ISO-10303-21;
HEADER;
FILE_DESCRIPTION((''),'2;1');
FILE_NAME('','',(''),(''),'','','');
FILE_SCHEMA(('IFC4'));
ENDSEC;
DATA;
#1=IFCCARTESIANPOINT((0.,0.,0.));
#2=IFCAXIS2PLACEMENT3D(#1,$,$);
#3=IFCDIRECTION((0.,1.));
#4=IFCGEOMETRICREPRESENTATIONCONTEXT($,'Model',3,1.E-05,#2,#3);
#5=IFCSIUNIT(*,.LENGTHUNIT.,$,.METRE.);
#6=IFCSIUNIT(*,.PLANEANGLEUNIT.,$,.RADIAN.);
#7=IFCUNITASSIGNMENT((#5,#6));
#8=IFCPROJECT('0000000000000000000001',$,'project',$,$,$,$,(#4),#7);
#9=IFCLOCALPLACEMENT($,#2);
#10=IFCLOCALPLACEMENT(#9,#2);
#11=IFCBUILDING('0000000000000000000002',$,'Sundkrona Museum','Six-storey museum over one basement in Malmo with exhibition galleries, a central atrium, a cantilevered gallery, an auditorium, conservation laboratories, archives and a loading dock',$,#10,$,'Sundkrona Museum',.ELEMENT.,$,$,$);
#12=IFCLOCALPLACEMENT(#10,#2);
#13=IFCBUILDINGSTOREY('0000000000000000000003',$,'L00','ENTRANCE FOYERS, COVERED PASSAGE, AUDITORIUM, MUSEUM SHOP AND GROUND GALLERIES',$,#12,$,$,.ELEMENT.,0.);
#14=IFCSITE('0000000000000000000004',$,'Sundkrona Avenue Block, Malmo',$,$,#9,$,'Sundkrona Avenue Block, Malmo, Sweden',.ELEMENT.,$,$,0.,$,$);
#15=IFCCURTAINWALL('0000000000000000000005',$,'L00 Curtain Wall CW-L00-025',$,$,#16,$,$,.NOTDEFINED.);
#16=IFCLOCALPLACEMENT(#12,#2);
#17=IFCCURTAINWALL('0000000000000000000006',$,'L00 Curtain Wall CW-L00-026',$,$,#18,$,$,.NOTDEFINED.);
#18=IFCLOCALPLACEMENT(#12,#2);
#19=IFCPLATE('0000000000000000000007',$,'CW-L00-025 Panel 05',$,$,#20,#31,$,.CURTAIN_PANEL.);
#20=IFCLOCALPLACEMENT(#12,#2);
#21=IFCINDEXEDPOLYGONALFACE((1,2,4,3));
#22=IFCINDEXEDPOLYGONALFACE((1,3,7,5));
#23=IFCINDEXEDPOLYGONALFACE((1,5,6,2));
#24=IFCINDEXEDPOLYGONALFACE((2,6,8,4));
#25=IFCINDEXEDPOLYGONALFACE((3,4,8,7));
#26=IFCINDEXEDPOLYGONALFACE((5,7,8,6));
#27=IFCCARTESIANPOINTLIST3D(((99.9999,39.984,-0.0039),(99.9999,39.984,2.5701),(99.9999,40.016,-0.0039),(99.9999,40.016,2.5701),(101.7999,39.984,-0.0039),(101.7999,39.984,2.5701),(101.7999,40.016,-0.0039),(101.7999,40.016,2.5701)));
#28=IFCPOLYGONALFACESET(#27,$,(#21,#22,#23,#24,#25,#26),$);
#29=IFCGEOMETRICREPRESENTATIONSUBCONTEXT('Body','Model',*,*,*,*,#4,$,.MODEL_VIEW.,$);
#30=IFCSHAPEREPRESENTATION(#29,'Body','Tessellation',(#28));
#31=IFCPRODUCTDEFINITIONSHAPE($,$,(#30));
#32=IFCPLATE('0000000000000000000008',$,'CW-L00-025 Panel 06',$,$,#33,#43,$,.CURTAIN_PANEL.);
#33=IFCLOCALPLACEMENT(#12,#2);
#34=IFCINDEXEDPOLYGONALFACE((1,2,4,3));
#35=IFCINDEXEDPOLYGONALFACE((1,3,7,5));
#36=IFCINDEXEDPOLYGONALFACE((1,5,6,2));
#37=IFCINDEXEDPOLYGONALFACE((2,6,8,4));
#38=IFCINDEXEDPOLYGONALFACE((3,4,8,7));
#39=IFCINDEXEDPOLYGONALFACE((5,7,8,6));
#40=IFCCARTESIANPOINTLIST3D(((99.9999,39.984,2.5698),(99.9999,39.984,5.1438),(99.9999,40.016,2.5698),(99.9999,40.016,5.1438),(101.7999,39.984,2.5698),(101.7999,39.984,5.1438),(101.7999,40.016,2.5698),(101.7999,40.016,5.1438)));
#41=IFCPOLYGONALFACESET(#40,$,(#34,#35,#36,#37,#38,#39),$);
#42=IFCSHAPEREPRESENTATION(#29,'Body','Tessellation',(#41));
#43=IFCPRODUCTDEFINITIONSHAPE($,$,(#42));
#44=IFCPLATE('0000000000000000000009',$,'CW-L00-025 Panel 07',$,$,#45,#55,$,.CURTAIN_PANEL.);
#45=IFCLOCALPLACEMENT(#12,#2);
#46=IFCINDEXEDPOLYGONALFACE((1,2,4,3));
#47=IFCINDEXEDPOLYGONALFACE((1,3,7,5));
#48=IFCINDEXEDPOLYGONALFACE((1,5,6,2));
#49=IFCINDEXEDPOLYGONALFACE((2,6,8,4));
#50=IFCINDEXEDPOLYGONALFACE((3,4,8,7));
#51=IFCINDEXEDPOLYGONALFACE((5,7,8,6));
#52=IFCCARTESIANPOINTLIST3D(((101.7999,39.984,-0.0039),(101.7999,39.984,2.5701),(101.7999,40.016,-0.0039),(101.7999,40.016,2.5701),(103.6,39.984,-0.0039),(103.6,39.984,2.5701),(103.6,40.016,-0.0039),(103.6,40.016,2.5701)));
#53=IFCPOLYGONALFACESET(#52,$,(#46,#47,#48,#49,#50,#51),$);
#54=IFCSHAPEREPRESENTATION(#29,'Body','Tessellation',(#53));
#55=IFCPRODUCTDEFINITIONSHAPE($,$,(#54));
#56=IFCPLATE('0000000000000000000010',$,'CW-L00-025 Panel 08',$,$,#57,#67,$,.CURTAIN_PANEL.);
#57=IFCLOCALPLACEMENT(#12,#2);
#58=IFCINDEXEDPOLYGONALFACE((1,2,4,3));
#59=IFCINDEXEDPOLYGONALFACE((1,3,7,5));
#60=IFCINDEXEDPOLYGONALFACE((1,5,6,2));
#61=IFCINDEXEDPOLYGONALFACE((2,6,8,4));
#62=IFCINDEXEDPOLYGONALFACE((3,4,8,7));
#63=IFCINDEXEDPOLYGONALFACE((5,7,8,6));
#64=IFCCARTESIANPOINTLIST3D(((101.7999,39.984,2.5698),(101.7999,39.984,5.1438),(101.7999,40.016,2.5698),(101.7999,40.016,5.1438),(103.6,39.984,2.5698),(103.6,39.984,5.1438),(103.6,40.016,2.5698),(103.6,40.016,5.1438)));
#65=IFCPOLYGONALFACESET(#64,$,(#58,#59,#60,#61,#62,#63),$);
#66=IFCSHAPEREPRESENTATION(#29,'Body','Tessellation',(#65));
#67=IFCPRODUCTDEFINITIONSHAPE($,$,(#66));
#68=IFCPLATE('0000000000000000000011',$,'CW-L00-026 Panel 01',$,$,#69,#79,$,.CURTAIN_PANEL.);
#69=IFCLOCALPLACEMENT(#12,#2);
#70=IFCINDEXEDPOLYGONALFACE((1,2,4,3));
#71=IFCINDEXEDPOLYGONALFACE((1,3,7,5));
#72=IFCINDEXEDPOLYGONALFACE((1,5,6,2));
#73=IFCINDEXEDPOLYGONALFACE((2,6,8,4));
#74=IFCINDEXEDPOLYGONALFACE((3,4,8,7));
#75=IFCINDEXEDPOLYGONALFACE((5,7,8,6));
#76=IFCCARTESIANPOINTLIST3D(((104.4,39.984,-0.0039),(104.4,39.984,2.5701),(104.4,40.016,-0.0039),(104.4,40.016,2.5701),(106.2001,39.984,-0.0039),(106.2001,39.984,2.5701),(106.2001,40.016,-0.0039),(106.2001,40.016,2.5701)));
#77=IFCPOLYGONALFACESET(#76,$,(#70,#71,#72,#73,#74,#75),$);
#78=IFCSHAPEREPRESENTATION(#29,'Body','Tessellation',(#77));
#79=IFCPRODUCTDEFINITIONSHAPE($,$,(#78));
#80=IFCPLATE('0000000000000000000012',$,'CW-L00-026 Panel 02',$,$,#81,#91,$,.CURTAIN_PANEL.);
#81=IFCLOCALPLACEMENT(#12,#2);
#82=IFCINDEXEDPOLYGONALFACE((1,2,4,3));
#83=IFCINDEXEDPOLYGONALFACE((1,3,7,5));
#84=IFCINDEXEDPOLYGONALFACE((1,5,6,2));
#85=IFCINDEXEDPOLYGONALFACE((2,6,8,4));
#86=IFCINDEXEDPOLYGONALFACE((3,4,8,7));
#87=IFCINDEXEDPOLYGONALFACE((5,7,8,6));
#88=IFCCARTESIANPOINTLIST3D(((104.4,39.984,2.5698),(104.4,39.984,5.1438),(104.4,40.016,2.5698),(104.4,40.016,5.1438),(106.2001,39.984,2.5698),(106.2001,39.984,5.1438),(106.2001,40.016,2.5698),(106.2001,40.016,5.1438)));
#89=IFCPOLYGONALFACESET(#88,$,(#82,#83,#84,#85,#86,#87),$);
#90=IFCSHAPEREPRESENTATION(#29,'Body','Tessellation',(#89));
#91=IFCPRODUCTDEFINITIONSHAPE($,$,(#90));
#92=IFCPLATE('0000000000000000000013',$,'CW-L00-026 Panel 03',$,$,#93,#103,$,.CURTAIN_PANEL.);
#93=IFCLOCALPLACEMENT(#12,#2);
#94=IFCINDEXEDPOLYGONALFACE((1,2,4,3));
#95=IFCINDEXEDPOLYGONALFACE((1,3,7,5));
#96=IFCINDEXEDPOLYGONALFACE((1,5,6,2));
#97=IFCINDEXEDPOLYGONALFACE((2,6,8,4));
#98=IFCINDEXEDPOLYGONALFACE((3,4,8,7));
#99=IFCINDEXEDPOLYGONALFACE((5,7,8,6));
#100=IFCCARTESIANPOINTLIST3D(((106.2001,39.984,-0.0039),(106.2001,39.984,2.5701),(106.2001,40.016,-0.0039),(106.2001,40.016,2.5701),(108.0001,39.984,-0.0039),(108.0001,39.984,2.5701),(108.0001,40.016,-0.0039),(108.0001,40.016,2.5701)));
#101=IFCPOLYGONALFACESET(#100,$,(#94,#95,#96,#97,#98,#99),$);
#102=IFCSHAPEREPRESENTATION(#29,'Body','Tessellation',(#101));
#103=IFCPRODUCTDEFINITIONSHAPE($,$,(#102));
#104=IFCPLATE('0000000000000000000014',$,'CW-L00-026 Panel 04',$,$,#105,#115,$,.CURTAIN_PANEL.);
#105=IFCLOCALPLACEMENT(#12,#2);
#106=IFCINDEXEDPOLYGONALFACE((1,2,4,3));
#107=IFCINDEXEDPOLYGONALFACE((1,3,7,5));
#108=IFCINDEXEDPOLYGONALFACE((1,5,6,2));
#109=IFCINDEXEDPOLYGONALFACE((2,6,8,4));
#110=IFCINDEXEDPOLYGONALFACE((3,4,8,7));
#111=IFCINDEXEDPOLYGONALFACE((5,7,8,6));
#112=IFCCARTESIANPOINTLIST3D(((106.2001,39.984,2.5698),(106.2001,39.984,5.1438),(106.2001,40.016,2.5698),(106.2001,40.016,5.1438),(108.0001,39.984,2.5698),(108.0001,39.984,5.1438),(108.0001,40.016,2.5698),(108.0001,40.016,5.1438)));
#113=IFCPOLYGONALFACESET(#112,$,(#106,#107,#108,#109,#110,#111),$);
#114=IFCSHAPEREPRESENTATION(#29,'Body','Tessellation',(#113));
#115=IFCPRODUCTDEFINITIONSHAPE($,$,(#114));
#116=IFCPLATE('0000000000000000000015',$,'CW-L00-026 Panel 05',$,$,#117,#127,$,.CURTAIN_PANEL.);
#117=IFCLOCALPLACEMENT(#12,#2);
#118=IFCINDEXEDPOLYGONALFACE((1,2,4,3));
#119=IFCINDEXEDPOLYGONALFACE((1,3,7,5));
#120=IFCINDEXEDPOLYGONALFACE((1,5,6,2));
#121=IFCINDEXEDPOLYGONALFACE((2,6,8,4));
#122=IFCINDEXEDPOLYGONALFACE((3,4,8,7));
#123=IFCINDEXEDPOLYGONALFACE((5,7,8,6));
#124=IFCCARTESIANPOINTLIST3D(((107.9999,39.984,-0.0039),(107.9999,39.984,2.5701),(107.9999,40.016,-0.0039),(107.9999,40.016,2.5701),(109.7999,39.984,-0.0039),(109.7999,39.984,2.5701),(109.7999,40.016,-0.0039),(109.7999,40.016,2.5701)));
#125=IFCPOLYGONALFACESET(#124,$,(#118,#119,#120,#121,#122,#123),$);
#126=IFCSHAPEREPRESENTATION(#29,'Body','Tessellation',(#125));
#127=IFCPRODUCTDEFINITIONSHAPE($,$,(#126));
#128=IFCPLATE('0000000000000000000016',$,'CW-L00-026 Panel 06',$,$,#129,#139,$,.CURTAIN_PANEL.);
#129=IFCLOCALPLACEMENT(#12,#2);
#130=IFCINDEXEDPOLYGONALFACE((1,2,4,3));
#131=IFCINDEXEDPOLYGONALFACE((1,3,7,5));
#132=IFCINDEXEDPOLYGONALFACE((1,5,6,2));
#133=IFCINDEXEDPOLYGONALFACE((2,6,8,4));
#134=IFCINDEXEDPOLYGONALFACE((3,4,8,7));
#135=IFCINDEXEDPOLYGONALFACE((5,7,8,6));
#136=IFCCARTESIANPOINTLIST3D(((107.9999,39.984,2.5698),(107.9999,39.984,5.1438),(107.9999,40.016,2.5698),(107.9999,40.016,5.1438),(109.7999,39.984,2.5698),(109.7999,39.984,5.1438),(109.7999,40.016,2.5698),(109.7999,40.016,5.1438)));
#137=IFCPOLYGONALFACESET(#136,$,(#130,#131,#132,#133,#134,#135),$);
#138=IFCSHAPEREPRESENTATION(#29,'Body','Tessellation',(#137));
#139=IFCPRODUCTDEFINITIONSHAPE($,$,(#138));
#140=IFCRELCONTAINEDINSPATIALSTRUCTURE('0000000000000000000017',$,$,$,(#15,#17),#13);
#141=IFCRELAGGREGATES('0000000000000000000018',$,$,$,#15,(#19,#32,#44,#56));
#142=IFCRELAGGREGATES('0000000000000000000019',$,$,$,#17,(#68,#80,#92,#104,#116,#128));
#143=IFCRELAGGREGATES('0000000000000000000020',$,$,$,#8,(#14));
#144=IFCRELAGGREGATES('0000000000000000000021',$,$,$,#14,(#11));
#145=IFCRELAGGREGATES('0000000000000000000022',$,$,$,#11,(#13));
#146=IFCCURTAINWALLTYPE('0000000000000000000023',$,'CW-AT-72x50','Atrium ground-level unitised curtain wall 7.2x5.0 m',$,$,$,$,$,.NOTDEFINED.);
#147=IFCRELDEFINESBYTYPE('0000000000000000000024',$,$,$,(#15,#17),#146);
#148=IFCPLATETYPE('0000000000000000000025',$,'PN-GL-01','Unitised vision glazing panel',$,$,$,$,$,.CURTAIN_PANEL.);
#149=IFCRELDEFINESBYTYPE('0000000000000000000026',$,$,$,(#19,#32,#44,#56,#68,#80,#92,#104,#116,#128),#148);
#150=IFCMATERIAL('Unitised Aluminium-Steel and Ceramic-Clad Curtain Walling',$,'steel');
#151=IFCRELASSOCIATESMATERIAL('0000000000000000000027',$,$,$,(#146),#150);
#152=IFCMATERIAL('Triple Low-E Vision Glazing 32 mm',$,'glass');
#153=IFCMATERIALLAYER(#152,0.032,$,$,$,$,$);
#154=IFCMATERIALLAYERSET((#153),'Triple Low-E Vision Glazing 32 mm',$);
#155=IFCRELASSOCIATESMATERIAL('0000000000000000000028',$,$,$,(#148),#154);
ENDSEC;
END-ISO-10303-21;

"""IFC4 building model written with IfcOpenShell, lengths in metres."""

from ifc_helpers import new_model, si_unit, direction, frame, origin, origin_2d, place, context, subcontext, project, spatial, rectangle, extrude, material, layer, layer_set, type_object, element, aggregate, save


model = new_model("IFC4")

# Units and contexts
model_context = context("Model", 3, precision=1e-05, world=origin(), true_north=direction((0.0, 1.0)))
body_context = subcontext(model_context, "Body", "Model", "MODEL_VIEW")
ifc_project = project(units=[si_unit("LENGTHUNIT", "METRE"), si_unit("PLANEANGLEUNIT", "RADIAN")], contexts=[model_context])

# Site, building, storey
site_placement = place(None, origin())
site = spatial("IfcSite", under=ifc_project, at=site_placement, Name="Sundkrona Avenue Block, Malmo", LongName="Sundkrona Avenue Block, Malmo, Sweden", CompositionType="ELEMENT", RefElevation=0.0)
building_placement = place(site_placement, origin())
building = spatial("IfcBuilding", under=site, at=building_placement, Name="Sundkrona Museum", Description="Six-storey museum over one basement in Malmo with exhibition galleries, a central atrium, a cantilevered gallery, an auditorium, conservation laboratories, archives and a loading dock", LongName="Sundkrona Museum", CompositionType="ELEMENT")
storey_placement = place(building_placement, origin())
storey = spatial("IfcBuildingStorey", under=building, at=storey_placement, Name="L00", Description="ENTRANCE FOYERS, COVERED PASSAGE, AUDITORIUM, MUSEUM SHOP AND GROUND GALLERIES", CompositionType="ELEMENT", Elevation=0.0)

# Curtain walls
ifc_material_1 = material(Name="Unitised Aluminium-Steel and Ceramic-Clad Curtain Walling", Category="steel")
curtain_wall_type = type_object("IfcCurtainWallType", Name="CW-AT-72x50", Description="Atrium ground-level unitised curtain wall 7.2x5.0 m", PredefinedType="NOTDEFINED", material=ifc_material_1)
curtain_wall_1_placement = place(storey_placement, origin())
curtain_wall_1 = element("IfcCurtainWall", 1, at=curtain_wall_1_placement, inside=storey, type_object=curtain_wall_type, Name="L00 Curtain Wall CW-L00-025", PredefinedType="NOTDEFINED")
curtain_wall_2_placement = place(storey_placement, origin())
curtain_wall_2 = element("IfcCurtainWall", 2, at=curtain_wall_2_placement, inside=storey, type_object=curtain_wall_type, Name="L00 Curtain Wall CW-L00-026", PredefinedType="NOTDEFINED")

# Plates
ifc_material_2 = material(Name="Triple Low-E Vision Glazing 32 mm", Category="glass")
ifc_layer_1 = layer(ifc_material_2, 0.032)
ifc_layer_set_1 = layer_set([ifc_layer_1], Name="Triple Low-E Vision Glazing 32 mm")
plate_type_1 = type_object("IfcPlateType", Name="PN-GL-01", Description="Unitised vision glazing panel", PredefinedType="CURTAIN_PANEL", material=ifc_layer_set_1)
plate_1_placement = place(storey_placement, frame((100.8999, 40.0, -0.0039), z_axis=(0.0, 0.0, 1.0), x_axis=(1.0, 0.0, 0.0)))
plate_1 = element("IfcPlate", 3, at=plate_1_placement, type_object=plate_type_1, Name="CW-L00-025 Panel 05", PredefinedType="CURTAIN_PANEL", context=body_context, shape_type="SweptSolid", body=[
    extrude(rectangle(XDim=1.8, YDim=0.032, at=origin_2d()), origin(), (0.0, 0.0, 1.0), 2.574),
])
plate_2_placement = place(storey_placement, frame((100.8999, 40.0, 2.5698), z_axis=(0.0, 0.0, 1.0), x_axis=(1.0, 0.0, 0.0)))
plate_2 = element("IfcPlate", 4, at=plate_2_placement, type_object=plate_type_1, Name="CW-L00-025 Panel 06", PredefinedType="CURTAIN_PANEL", context=body_context, shape_type="SweptSolid", body=[
    extrude(rectangle(XDim=1.8, YDim=0.032, at=origin_2d()), origin(), (0.0, 0.0, 1.0), 2.574),
])
plate_3_placement = place(storey_placement, frame((102.7, 40.0, -0.0039), z_axis=(0.0, 0.0, 1.0), x_axis=(1.0, 0.0, 0.0)))
plate_3 = element("IfcPlate", 5, at=plate_3_placement, type_object=plate_type_1, Name="CW-L00-025 Panel 07", PredefinedType="CURTAIN_PANEL", context=body_context, shape_type="SweptSolid", body=[
    extrude(rectangle(XDim=1.8, YDim=0.032, at=origin_2d()), origin(), (0.0, 0.0, 1.0), 2.574),
])
plate_4_placement = place(storey_placement, frame((102.7, 40.0, 2.5698), z_axis=(0.0, 0.0, 1.0), x_axis=(1.0, 0.0, 0.0)))
plate_4 = element("IfcPlate", 6, at=plate_4_placement, type_object=plate_type_1, Name="CW-L00-025 Panel 08", PredefinedType="CURTAIN_PANEL", context=body_context, shape_type="SweptSolid", body=[
    extrude(rectangle(XDim=1.8, YDim=0.032, at=origin_2d()), origin(), (0.0, 0.0, 1.0), 2.574),
])
aggregate(curtain_wall_1, [plate_1, plate_2, plate_3, plate_4])
plate_5_placement = place(storey_placement, frame((105.3, 40.0, -0.0039), z_axis=(0.0, 0.0, 1.0), x_axis=(1.0, 0.0, 0.0)))
plate_5 = element("IfcPlate", 7, at=plate_5_placement, type_object=plate_type_1, Name="CW-L00-026 Panel 01", PredefinedType="CURTAIN_PANEL", context=body_context, shape_type="SweptSolid", body=[
    extrude(rectangle(XDim=1.8, YDim=0.032, at=origin_2d()), origin(), (0.0, 0.0, 1.0), 2.574),
])
plate_6_placement = place(storey_placement, frame((105.3, 40.0, 2.5698), z_axis=(0.0, 0.0, 1.0), x_axis=(1.0, 0.0, 0.0)))
plate_6 = element("IfcPlate", 8, at=plate_6_placement, type_object=plate_type_1, Name="CW-L00-026 Panel 02", PredefinedType="CURTAIN_PANEL", context=body_context, shape_type="SweptSolid", body=[
    extrude(rectangle(XDim=1.8, YDim=0.032, at=origin_2d()), origin(), (0.0, 0.0, 1.0), 2.574),
])
plate_7_placement = place(storey_placement, frame((107.1001, 40.0, -0.0039), z_axis=(0.0, 0.0, 1.0), x_axis=(1.0, 0.0, 0.0)))
plate_7 = element("IfcPlate", 9, at=plate_7_placement, type_object=plate_type_1, Name="CW-L00-026 Panel 03", PredefinedType="CURTAIN_PANEL", context=body_context, shape_type="SweptSolid", body=[
    extrude(rectangle(XDim=1.8, YDim=0.032, at=origin_2d()), origin(), (0.0, 0.0, 1.0), 2.574),
])
plate_8_placement = place(storey_placement, frame((107.1001, 40.0, 2.5698), z_axis=(0.0, 0.0, 1.0), x_axis=(1.0, 0.0, 0.0)))
plate_8 = element("IfcPlate", 10, at=plate_8_placement, type_object=plate_type_1, Name="CW-L00-026 Panel 04", PredefinedType="CURTAIN_PANEL", context=body_context, shape_type="SweptSolid", body=[
    extrude(rectangle(XDim=1.8, YDim=0.032, at=origin_2d()), origin(), (0.0, 0.0, 1.0), 2.574),
])
plate_9_placement = place(storey_placement, frame((108.8999, 40.0, -0.0039), z_axis=(0.0, 0.0, 1.0), x_axis=(1.0, 0.0, 0.0)))
plate_9 = element("IfcPlate", 11, at=plate_9_placement, type_object=plate_type_1, Name="CW-L00-026 Panel 05", PredefinedType="CURTAIN_PANEL", context=body_context, shape_type="SweptSolid", body=[
    extrude(rectangle(XDim=1.8, YDim=0.032, at=origin_2d()), origin(), (0.0, 0.0, 1.0), 2.574),
])
plate_10_placement = place(storey_placement, frame((108.8999, 40.0, 2.5698), z_axis=(0.0, 0.0, 1.0), x_axis=(1.0, 0.0, 0.0)))
plate_10 = element("IfcPlate", 12, at=plate_10_placement, type_object=plate_type_1, Name="CW-L00-026 Panel 06", PredefinedType="CURTAIN_PANEL", context=body_context, shape_type="SweptSolid", body=[
    extrude(rectangle(XDim=1.8, YDim=0.032, at=origin_2d()), origin(), (0.0, 0.0, 1.0), 2.574),
])
aggregate(curtain_wall_2, [plate_5, plate_6, plate_7, plate_8, plate_9, plate_10])

save(model, "model.ifc")
